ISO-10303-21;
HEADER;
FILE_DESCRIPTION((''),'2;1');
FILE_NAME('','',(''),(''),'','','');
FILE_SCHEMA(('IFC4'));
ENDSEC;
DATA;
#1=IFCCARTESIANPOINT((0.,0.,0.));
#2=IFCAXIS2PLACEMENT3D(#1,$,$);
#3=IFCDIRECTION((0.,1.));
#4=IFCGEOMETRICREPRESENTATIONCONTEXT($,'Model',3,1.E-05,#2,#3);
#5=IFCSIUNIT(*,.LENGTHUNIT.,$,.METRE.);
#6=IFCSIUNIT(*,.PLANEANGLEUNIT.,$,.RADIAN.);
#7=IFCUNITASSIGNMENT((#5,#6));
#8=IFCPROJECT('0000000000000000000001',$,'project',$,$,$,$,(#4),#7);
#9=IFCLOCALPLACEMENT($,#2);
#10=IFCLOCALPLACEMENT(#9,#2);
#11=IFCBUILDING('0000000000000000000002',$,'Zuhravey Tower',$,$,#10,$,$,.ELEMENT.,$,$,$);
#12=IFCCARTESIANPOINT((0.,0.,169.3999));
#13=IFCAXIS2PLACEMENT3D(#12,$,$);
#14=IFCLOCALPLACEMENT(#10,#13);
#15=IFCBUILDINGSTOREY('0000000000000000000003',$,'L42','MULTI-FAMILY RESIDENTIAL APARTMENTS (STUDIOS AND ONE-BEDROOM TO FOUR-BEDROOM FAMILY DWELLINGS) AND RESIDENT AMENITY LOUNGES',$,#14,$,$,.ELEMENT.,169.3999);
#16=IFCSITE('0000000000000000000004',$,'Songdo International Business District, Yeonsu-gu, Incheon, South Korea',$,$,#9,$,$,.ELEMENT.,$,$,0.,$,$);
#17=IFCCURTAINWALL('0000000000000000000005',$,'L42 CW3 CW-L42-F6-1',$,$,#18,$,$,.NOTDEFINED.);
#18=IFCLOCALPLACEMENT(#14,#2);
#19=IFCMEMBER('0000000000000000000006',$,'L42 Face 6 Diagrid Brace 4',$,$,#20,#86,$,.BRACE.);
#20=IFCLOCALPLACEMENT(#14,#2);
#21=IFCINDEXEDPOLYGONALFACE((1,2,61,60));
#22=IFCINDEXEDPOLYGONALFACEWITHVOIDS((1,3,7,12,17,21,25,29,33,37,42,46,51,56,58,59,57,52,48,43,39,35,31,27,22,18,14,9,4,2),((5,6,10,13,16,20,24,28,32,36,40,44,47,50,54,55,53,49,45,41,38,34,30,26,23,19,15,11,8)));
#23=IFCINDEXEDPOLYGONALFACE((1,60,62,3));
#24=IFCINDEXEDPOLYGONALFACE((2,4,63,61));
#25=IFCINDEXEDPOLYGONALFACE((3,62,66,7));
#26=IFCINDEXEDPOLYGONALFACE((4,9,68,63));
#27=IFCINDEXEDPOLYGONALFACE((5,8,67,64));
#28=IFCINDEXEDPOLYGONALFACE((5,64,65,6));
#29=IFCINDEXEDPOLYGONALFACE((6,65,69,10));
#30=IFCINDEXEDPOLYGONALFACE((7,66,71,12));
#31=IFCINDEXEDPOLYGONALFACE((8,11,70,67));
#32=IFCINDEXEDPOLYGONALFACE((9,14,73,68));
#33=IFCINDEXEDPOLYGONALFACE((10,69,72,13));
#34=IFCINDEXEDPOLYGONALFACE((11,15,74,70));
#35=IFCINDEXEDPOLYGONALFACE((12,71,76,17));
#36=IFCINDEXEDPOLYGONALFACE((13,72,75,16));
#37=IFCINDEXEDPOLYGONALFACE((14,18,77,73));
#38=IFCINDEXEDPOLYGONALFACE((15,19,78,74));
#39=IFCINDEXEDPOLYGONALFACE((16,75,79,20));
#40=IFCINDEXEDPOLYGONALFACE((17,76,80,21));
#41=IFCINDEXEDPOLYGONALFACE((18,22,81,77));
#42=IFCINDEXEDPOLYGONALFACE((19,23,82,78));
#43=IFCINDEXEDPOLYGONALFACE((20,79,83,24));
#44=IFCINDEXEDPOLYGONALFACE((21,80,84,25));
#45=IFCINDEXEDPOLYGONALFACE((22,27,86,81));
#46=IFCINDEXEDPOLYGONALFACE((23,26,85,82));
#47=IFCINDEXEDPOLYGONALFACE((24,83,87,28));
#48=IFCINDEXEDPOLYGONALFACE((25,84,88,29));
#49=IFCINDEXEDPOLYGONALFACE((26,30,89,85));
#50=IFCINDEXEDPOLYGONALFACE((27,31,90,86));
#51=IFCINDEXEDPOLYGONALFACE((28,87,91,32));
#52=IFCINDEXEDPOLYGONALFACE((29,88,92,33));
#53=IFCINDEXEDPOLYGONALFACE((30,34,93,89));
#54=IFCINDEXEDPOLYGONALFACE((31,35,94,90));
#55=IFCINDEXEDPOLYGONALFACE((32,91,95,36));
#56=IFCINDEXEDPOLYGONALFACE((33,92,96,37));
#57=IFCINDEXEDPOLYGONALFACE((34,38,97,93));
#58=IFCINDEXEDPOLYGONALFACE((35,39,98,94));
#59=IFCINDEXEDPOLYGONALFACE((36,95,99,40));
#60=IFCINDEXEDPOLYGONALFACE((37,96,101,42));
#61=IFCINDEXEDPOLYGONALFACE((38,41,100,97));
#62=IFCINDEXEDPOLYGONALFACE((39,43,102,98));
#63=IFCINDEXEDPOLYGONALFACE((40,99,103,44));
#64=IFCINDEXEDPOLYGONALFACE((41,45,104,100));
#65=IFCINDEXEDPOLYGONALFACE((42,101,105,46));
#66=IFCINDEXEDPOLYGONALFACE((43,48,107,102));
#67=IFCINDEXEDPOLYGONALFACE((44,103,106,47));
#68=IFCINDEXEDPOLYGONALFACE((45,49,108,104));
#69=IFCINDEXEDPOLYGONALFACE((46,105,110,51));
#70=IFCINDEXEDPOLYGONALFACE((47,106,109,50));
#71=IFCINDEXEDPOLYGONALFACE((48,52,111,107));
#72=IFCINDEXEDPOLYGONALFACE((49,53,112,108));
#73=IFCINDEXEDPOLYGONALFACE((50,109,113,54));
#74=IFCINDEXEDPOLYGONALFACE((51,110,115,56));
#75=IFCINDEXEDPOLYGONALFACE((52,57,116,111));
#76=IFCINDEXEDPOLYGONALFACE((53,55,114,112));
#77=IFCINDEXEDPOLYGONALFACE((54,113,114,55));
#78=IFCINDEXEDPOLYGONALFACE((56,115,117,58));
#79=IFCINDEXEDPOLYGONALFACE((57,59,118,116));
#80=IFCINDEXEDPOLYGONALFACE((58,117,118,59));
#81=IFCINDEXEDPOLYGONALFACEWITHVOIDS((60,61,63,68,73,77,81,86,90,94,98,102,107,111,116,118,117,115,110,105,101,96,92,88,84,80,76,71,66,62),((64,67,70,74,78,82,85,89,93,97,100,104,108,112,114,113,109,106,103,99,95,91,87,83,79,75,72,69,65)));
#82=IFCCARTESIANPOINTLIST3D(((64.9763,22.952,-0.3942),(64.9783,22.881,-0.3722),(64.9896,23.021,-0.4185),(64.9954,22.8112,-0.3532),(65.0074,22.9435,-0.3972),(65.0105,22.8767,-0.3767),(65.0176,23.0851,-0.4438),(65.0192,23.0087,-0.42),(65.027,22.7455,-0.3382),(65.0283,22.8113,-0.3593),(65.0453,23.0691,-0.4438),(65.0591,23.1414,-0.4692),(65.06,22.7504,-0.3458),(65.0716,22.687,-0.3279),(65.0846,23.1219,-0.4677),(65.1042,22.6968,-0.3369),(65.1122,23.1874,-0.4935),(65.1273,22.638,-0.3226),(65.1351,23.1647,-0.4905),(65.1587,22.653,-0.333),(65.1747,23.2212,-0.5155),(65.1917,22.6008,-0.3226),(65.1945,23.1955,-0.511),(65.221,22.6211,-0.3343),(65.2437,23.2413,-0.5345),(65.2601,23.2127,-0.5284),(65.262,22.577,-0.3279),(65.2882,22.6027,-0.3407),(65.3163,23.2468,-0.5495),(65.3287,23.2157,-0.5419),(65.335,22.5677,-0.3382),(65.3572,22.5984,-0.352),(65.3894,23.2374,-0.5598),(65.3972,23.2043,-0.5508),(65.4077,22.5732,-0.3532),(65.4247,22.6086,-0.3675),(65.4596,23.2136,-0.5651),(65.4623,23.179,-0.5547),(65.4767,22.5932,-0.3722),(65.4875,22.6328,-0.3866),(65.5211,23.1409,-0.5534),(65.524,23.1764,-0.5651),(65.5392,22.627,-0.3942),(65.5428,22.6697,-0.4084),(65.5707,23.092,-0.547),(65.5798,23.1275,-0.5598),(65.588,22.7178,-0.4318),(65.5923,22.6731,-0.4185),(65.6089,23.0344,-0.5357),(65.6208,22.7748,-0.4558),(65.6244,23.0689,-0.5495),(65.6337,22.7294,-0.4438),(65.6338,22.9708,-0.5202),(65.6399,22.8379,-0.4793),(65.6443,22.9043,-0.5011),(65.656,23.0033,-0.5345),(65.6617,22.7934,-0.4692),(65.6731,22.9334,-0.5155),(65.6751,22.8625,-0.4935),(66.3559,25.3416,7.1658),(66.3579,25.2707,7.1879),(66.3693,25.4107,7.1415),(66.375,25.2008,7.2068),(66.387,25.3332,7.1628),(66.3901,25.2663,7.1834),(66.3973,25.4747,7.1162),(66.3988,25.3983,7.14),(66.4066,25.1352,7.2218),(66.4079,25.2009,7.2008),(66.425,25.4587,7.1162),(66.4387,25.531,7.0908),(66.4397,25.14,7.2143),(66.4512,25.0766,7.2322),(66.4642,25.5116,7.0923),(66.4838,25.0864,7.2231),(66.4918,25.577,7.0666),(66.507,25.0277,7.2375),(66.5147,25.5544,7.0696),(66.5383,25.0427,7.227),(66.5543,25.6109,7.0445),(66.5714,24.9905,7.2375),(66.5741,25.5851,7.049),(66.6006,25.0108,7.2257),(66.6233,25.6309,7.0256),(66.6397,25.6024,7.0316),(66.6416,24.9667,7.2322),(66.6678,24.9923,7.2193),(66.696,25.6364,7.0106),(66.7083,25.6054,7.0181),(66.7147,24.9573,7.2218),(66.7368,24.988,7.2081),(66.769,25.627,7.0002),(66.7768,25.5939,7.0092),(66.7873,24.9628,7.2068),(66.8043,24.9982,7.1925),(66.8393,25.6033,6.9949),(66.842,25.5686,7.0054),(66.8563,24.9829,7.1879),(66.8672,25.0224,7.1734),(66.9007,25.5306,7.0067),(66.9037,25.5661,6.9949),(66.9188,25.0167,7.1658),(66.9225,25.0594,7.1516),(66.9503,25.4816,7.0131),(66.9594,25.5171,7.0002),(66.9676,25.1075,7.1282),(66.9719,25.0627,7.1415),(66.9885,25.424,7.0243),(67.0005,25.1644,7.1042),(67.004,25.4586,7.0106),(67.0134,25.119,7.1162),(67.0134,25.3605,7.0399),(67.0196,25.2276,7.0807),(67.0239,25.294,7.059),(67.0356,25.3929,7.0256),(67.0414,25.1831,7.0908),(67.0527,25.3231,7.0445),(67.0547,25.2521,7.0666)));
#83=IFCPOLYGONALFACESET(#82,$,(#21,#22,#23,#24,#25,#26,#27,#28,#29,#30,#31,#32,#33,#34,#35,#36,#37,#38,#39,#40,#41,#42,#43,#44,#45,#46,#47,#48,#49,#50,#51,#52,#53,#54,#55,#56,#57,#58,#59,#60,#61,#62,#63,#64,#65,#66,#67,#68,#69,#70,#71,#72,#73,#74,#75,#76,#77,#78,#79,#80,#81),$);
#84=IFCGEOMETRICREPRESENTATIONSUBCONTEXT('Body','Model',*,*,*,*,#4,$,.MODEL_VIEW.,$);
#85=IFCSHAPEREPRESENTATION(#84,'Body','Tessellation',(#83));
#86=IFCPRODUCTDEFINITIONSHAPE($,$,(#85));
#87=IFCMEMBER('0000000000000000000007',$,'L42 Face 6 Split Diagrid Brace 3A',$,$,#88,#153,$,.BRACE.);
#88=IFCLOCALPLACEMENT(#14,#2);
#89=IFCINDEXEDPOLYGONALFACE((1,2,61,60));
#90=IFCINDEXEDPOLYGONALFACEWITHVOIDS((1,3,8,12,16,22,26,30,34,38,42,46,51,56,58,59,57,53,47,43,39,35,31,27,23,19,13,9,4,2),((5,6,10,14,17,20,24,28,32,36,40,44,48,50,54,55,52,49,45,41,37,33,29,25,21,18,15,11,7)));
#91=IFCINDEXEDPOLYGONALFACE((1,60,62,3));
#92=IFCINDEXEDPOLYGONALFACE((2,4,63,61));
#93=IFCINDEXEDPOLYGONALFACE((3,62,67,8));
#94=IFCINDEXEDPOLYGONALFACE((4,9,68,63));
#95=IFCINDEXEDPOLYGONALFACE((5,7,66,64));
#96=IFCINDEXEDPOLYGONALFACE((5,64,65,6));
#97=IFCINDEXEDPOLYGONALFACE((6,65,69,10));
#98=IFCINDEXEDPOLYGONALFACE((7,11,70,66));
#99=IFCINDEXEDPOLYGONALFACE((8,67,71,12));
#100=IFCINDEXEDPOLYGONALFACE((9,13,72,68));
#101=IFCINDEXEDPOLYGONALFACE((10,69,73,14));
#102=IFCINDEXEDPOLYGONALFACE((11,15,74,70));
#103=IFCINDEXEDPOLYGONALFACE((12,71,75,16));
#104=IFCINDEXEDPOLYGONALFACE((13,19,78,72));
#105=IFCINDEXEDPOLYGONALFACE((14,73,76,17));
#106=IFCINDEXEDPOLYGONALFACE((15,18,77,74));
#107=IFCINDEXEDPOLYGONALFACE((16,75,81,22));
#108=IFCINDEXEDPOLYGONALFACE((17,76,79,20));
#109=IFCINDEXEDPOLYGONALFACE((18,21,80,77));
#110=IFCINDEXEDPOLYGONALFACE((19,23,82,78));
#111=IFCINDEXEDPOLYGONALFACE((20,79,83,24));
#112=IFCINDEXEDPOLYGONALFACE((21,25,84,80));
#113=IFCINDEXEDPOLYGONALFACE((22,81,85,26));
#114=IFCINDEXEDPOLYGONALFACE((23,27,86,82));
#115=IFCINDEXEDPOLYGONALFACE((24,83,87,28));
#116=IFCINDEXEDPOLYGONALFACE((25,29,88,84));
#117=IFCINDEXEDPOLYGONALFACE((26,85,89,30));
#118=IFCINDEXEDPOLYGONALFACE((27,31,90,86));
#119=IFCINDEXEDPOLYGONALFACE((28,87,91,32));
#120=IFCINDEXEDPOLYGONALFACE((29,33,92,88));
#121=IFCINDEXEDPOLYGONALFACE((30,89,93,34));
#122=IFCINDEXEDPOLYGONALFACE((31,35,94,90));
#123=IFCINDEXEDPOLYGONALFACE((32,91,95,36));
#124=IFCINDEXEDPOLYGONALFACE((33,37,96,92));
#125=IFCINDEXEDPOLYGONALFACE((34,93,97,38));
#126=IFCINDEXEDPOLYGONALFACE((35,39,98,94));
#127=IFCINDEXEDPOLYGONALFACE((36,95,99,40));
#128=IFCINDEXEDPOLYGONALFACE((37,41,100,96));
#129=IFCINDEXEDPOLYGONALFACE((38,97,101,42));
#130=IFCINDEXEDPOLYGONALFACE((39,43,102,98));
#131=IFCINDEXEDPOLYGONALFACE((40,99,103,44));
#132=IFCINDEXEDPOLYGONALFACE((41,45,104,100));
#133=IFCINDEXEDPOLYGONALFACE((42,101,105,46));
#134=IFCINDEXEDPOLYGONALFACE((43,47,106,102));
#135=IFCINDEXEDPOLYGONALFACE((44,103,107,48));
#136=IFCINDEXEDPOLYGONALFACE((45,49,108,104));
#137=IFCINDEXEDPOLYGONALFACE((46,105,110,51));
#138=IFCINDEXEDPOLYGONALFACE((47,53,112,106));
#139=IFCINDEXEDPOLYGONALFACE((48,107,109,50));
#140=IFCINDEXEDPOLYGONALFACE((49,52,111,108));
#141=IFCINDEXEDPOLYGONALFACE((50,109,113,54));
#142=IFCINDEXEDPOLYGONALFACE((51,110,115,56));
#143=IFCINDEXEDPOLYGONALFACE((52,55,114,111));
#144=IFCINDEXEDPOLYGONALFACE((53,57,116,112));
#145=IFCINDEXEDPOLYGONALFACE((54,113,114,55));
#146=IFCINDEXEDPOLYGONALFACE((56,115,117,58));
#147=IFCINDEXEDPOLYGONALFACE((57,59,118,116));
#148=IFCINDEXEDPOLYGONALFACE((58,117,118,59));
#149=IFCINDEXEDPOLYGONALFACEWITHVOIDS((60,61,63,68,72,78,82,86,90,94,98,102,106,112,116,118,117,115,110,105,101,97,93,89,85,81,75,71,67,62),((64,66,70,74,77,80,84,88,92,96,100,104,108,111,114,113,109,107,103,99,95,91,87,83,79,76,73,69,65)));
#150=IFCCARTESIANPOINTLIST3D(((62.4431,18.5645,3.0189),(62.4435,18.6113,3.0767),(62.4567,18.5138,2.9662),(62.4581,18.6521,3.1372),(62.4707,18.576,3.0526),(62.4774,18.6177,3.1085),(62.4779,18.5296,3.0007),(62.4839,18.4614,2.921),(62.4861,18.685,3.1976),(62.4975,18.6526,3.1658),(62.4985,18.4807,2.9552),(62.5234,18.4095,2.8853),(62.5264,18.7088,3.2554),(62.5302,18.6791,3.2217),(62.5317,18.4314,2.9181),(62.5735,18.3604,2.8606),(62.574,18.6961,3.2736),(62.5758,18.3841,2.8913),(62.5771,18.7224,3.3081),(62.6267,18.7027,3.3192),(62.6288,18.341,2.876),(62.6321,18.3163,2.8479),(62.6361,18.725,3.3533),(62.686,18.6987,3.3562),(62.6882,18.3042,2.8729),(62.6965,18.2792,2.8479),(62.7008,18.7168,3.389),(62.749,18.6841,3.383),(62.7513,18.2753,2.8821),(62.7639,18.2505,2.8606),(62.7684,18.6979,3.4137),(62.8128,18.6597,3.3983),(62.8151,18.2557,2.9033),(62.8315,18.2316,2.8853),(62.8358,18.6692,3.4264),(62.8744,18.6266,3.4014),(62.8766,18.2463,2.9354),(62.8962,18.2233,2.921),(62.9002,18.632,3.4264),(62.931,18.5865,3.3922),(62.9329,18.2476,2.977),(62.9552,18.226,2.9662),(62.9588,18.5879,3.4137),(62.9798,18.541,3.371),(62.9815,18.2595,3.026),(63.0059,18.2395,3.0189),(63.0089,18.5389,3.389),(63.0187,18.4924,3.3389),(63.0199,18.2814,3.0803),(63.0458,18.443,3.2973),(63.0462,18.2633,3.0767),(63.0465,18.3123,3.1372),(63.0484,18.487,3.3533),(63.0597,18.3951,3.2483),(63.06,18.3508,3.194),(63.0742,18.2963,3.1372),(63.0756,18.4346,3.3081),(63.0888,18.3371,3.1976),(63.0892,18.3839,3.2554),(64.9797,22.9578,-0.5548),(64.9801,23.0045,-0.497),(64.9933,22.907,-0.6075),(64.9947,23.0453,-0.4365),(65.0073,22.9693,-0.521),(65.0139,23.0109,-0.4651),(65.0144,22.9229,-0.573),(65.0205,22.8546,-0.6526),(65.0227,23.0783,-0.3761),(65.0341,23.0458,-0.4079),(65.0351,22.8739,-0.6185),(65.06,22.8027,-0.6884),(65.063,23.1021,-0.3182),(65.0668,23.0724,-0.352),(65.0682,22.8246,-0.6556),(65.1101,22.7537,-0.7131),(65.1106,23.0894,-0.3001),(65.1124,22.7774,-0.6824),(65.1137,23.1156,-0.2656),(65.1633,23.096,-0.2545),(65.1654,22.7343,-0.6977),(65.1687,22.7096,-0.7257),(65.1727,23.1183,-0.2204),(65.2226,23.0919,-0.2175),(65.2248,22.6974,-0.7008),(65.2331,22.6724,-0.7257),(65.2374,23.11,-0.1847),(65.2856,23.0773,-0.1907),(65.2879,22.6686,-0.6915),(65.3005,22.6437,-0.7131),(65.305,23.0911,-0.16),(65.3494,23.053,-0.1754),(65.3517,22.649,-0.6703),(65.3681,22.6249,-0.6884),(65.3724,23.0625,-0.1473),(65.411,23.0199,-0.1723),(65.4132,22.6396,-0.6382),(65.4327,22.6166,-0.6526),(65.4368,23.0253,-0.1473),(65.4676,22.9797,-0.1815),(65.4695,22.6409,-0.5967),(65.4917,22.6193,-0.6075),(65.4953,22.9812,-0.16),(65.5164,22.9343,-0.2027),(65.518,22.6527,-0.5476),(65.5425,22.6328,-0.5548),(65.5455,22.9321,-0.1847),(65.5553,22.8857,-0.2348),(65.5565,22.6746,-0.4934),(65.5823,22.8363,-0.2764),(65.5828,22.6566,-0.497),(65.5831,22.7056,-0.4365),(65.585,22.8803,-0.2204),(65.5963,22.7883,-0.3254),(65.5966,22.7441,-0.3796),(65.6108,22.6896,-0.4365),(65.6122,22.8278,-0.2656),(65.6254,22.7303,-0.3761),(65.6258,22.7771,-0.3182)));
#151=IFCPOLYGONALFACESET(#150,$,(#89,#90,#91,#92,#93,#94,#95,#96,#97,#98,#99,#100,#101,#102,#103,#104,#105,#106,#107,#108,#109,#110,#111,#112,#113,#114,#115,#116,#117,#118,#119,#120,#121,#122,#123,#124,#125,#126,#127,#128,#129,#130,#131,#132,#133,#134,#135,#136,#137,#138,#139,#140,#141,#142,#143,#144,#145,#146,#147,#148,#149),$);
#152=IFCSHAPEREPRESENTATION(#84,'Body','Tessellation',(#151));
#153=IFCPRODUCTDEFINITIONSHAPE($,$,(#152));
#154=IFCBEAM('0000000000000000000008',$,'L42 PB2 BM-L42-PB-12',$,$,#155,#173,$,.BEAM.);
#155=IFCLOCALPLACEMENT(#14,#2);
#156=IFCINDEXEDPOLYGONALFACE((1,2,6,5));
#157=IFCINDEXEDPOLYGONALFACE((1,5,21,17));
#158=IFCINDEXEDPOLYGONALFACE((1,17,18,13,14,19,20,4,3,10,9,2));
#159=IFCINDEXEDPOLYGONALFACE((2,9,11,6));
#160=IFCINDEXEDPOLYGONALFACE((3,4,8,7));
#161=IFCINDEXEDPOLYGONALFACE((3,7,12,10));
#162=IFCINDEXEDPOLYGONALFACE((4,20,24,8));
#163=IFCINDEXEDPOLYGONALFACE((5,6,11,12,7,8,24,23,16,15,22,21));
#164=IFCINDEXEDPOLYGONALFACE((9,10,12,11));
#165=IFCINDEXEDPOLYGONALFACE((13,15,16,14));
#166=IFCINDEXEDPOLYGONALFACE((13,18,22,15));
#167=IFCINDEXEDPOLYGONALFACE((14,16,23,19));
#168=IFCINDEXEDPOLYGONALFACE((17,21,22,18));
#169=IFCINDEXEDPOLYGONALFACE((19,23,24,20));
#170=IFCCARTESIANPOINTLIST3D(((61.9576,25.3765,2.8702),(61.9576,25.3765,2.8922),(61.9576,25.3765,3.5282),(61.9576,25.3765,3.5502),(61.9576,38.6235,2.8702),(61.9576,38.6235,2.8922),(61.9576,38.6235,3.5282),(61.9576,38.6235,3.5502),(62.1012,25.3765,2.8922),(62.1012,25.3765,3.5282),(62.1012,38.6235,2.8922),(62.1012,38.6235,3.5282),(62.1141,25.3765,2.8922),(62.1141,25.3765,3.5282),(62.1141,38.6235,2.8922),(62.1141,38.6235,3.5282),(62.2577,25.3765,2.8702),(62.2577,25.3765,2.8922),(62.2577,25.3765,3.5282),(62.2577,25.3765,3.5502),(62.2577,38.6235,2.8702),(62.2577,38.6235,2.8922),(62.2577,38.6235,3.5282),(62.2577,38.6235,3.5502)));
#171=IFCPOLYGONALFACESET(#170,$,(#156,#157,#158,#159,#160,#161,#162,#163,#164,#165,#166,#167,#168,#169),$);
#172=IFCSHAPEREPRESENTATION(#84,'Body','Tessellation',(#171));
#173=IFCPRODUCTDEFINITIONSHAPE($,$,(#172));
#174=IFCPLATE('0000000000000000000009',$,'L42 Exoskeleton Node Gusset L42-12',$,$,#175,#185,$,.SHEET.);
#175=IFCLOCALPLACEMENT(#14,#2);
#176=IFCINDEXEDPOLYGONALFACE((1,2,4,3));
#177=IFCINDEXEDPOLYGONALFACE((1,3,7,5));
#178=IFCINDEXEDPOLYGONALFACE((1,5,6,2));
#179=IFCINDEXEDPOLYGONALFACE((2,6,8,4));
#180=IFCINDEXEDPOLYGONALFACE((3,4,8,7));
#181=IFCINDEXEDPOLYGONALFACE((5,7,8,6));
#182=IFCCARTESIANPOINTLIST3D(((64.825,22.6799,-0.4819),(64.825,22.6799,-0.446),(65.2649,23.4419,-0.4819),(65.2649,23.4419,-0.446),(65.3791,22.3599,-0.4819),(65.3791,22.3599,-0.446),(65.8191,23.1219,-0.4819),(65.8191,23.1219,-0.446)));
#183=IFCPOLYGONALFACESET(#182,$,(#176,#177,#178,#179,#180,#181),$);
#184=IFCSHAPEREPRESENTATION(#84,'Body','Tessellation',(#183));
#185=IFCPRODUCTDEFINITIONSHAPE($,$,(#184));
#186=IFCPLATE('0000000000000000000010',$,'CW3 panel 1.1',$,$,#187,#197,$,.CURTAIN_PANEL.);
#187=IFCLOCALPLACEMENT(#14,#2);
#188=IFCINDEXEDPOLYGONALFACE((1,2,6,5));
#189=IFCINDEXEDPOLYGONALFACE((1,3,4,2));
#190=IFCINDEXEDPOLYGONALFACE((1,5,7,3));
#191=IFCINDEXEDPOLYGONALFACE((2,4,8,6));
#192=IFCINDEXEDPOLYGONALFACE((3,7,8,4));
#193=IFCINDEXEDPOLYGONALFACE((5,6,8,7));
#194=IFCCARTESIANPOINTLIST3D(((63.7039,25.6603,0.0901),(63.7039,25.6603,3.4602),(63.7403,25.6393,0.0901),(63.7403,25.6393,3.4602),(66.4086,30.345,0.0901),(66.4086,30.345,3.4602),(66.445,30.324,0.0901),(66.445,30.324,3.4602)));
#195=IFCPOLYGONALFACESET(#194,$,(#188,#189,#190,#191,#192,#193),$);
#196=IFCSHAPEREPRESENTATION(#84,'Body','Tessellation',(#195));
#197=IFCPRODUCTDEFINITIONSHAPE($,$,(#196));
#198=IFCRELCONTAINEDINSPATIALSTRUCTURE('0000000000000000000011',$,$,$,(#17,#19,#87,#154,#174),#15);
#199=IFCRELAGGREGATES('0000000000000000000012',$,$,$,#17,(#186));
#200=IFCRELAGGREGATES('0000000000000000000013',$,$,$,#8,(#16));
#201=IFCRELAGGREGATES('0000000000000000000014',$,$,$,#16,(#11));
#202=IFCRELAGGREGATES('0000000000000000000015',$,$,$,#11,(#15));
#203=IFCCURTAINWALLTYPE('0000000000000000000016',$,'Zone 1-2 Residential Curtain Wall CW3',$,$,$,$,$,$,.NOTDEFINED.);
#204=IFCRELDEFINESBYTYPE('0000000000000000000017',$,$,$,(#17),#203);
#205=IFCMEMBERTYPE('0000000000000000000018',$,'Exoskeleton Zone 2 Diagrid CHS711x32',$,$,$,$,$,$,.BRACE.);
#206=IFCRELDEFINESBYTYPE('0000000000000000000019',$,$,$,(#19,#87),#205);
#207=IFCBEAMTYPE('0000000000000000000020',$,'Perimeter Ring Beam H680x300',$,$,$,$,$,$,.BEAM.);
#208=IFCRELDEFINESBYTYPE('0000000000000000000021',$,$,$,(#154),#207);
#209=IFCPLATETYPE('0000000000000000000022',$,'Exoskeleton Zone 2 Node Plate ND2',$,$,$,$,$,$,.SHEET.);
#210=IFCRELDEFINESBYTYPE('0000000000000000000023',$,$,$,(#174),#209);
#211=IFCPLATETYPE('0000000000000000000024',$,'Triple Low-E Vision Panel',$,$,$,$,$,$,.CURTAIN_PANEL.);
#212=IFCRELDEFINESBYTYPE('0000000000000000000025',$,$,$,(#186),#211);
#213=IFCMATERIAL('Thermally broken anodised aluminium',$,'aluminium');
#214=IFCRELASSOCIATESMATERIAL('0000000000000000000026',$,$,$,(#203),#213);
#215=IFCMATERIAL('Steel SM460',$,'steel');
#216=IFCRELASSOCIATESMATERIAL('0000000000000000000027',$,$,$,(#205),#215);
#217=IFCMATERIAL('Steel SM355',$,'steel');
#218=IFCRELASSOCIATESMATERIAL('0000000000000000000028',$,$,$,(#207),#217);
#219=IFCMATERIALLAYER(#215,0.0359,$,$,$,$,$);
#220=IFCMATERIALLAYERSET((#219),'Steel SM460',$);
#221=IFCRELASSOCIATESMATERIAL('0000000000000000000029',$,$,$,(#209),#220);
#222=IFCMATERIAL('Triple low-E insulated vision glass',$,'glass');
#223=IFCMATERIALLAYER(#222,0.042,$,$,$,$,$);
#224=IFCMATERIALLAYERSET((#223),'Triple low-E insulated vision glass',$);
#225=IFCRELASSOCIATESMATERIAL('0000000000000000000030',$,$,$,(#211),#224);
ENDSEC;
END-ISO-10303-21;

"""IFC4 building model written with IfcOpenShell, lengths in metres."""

from ifc_helpers import new_model, si_unit, direction, frame, origin, origin_2d, place, context, subcontext, project, spatial, rectangle, hollow_circle, i_section, extrude, material, layer, layer_set, material_profile, profile_set, type_object, element, aggregate, save


model = new_model("IFC4")

# Units and contexts
model_context = context("Model", 3, precision=1e-05, world=origin(), true_north=direction((0.0, 1.0)))
body_context = subcontext(model_context, "Body", "Model", "MODEL_VIEW")
ifc_project = project(units=[si_unit("LENGTHUNIT", "METRE"), si_unit("PLANEANGLEUNIT", "RADIAN")], contexts=[model_context])

# Site, building, storey
site_placement = place(None, origin())
site = spatial("IfcSite", under=ifc_project, at=site_placement, Name="Songdo International Business District, Yeonsu-gu, Incheon, South Korea", CompositionType="ELEMENT", RefElevation=0.0)
building_placement = place(site_placement, origin())
building = spatial("IfcBuilding", under=site, at=building_placement, Name="Zuhravey Tower", CompositionType="ELEMENT")
storey_placement = place(building_placement, frame((0.0, 0.0, 169.3999)))
storey = spatial("IfcBuildingStorey", under=building, at=storey_placement, Name="L42", Description="MULTI-FAMILY RESIDENTIAL APARTMENTS (STUDIOS AND ONE-BEDROOM TO FOUR-BEDROOM FAMILY DWELLINGS) AND RESIDENT AMENITY LOUNGES", CompositionType="ELEMENT", Elevation=169.3999)

# Curtain wall
ifc_material_1 = material(Name="Thermally broken anodised aluminium", Category="aluminium")
curtain_wall_type = type_object("IfcCurtainWallType", Name="Zone 1-2 Residential Curtain Wall CW3", PredefinedType="NOTDEFINED", material=ifc_material_1)
curtain_wall_placement = place(storey_placement, origin())
curtain_wall = element("IfcCurtainWall", 1, at=curtain_wall_placement, inside=storey, type_object=curtain_wall_type, Name="L42 CW3 CW-L42-F6-1", PredefinedType="NOTDEFINED")

# Members
ifc_material_2 = material(Name="Steel SM460", Category="steel")
ifc_material_profile_1 = material_profile(ifc_material_2, hollow_circle(Radius=0.3557, WallThickness=0.032, at=origin_2d()), Name="CHS-711.2x32")
ifc_profile_set_1 = profile_set([ifc_material_profile_1], Name="Steel SM460")
member_type_1 = type_object("IfcMemberType", Name="Exoskeleton Zone 2 Diagrid CHS711x32", PredefinedType="BRACE", material=ifc_profile_set_1)
member_1_placement = place(storey_placement, frame((65.3257, 22.9072, -0.4438), z_axis=(0.171429, 0.296929, 0.939386), x_axis=(-0.866029, 0.499993, 0.0)))
element("IfcMember", 2, at=member_1_placement, inside=storey, type_object=member_type_1, Name="L42 Face 6 Diagrid Brace 4", PredefinedType="BRACE", context=body_context, shape_type="SweptSolid", body=[
    extrude(hollow_circle(Radius=0.3557, WallThickness=0.032, at=origin_2d()), origin(), (0.0, 0.0, 1.0), 8.0479),
])
member_2_placement = place(storey_placement, frame((65.3027, 22.8674, -0.4365), z_axis=(-0.408775, -0.70798, 0.575905), x_axis=(0.866013, -0.500021, 0.0)))
element("IfcMember", 3, at=member_2_placement, inside=storey, type_object=member_type_1, Name="L42 Face 6 Split Diagrid Brace 3A", PredefinedType="BRACE", context=body_context, shape_type="SweptSolid", body=[
    extrude(hollow_circle(Radius=0.3557, WallThickness=0.032, at=origin_2d()), origin(), (0.0, 0.0, 1.0), 6.2053),
])

# Beam
ifc_material_3 = material(Name="Steel SM355", Category="steel")
ifc_material_profile_2 = material_profile(ifc_material_3, i_section(OverallWidth=0.3, OverallDepth=0.6799, WebThickness=0.0129, FlangeThickness=0.022, at=origin_2d()), Name="H-680x300x13x22")
ifc_profile_set_2 = profile_set([ifc_material_profile_2], Name="Steel SM355")
beam_type = type_object("IfcBeamType", Name="Perimeter Ring Beam H680x300", PredefinedType="BEAM", material=ifc_profile_set_2)
beam_placement = place(storey_placement, frame((62.1077, 25.3765, 3.2102), z_axis=(0.0, 1.0, 0.0), x_axis=(-1.0, 0.0, 0.0)))
element("IfcBeam", 4, at=beam_placement, inside=storey, type_object=beam_type, Name="L42 PB2 BM-L42-PB-12", PredefinedType="BEAM", context=body_context, shape_type="SweptSolid", body=[
    extrude(i_section(OverallWidth=0.3, OverallDepth=0.6799, WebThickness=0.0129, FlangeThickness=0.022, at=origin_2d()), origin(), (0.0, 0.0, 1.0), 13.2471),
])

# Plates
ifc_layer_1 = layer(ifc_material_2, 0.0359)
ifc_layer_set_1 = layer_set([ifc_layer_1], Name="Steel SM460")
plate_type_1 = type_object("IfcPlateType", Name="Exoskeleton Zone 2 Node Plate ND2", PredefinedType="SHEET", material=ifc_layer_set_1)
plate_1_placement = place(storey_placement, frame((65.322, 22.9009, -0.4819), z_axis=(0.0, 0.0, 1.0), x_axis=(0.5, 0.866025, 0.0)))
element("IfcPlate", 5, at=plate_1_placement, inside=storey, type_object=plate_type_1, Name="L42 Exoskeleton Node Gusset L42-12", PredefinedType="SHEET", context=body_context, shape_type="SweptSolid", body=[
    extrude(rectangle(XDim=0.8799, YDim=0.6399, at=origin_2d()), origin(), (0.0, 0.0, 1.0), 0.0359),
])
ifc_material_4 = material(Name="Triple low-E insulated vision glass", Category="glass")
ifc_layer_2 = layer(ifc_material_4, 0.042)
ifc_layer_set_2 = layer_set([ifc_layer_2], Name="Triple low-E insulated vision glass")
plate_type_2 = type_object("IfcPlateType", Name="Triple Low-E Vision Panel", PredefinedType="CURTAIN_PANEL", material=ifc_layer_set_2)
plate_2_placement = place(storey_placement, frame((65.0745, 27.9922, 0.0901), z_axis=(0.0, 0.0, 1.0), x_axis=(-0.5, -0.866025, 0.0)))
plate_2 = element("IfcPlate", 6, at=plate_2_placement, type_object=plate_type_2, Name="CW3 panel 1.1", PredefinedType="CURTAIN_PANEL", context=body_context, shape_type="SweptSolid", body=[
    extrude(rectangle(XDim=5.4094, YDim=0.042, at=origin_2d()), origin(), (0.0, 0.0, 1.0), 3.3701),
])
aggregate(curtain_wall, [plate_2])

save(model, "model.ifc")
